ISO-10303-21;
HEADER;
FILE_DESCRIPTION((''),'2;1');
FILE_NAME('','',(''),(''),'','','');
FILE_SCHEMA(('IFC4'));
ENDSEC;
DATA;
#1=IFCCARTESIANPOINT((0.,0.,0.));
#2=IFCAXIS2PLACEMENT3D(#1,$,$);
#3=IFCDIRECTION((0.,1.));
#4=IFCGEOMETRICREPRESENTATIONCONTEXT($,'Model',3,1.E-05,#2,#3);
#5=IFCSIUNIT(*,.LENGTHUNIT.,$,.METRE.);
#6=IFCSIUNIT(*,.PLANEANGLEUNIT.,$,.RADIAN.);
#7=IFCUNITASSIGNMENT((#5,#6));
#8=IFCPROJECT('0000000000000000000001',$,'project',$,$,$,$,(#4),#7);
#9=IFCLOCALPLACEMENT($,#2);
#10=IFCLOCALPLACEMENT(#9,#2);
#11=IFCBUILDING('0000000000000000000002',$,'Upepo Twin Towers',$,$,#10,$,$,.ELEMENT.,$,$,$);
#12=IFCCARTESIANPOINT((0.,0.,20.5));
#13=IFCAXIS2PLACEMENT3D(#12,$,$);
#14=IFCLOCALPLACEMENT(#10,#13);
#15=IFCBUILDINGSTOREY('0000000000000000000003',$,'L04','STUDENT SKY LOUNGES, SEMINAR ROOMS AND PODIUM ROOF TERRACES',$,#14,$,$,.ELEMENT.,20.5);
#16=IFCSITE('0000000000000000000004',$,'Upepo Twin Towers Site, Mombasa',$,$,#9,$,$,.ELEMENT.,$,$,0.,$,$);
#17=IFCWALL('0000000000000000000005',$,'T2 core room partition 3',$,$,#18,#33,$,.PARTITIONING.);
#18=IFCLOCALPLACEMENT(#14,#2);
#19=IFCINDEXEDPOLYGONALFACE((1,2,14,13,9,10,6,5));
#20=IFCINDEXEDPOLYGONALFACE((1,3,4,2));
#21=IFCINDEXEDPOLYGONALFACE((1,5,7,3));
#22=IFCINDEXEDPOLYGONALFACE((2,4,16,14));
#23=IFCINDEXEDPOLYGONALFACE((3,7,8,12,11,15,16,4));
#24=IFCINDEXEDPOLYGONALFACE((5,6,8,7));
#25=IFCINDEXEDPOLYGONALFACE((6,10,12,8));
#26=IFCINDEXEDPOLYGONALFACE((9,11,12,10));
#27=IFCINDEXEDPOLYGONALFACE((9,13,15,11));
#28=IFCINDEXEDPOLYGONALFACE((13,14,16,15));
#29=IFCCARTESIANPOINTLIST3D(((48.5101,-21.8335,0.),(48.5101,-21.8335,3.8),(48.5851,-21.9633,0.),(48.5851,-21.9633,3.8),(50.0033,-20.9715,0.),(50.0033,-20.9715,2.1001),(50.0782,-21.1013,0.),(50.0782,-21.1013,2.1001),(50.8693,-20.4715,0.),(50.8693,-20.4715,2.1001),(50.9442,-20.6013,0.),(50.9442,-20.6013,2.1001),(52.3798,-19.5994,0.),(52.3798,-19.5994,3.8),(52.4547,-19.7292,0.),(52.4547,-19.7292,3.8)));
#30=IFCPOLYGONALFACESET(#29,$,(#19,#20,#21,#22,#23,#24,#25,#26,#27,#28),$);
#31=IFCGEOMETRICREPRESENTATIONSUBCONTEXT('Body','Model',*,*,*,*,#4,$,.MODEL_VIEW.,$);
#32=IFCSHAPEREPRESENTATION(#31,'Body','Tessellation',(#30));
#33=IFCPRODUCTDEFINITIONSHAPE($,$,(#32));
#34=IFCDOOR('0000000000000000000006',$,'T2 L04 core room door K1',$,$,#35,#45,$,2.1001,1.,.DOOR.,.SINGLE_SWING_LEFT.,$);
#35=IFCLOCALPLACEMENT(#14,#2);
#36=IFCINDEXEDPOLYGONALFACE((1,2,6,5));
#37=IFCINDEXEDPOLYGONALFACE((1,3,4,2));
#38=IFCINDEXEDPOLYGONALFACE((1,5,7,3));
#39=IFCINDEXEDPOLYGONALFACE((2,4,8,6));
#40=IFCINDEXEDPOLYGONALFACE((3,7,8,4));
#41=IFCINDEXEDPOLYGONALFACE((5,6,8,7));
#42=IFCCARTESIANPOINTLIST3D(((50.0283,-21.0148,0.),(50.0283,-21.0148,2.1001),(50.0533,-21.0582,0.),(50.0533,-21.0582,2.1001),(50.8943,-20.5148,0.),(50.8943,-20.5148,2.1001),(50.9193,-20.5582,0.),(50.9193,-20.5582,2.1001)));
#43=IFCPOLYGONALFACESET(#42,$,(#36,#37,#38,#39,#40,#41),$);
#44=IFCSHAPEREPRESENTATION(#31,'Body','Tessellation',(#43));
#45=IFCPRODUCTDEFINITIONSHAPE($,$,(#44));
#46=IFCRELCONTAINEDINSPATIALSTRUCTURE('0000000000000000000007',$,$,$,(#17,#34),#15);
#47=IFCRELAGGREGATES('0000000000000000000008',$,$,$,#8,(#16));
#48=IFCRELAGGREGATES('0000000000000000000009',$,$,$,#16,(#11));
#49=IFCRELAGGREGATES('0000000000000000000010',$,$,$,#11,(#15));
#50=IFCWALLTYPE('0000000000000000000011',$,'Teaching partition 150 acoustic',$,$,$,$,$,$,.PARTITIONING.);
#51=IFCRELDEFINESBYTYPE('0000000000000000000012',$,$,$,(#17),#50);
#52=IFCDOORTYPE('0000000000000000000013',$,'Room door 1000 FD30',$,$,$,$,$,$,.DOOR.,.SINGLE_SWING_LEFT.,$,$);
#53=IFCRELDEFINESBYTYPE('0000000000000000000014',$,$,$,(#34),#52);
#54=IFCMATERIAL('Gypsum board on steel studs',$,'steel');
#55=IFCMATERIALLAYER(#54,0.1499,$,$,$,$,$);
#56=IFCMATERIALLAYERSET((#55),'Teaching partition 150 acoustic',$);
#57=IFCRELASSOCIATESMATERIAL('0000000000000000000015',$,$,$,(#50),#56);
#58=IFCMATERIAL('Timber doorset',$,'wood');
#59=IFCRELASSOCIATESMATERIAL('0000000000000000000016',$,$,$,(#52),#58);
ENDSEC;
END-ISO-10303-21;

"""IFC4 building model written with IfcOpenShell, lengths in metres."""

from ifc_helpers import new_model, si_unit, direction, frame, frame_2d, origin, place, context, subcontext, project, spatial, rectangle, extrude, material, layer, layer_set, type_object, element, fill, save


model = new_model("IFC4")

# Units and contexts
model_context = context("Model", 3, precision=1e-05, world=origin(), true_north=direction((0.0, 1.0)))
body_context = subcontext(model_context, "Body", "Model", "MODEL_VIEW")
ifc_project = project(units=[si_unit("LENGTHUNIT", "METRE"), si_unit("PLANEANGLEUNIT", "RADIAN")], contexts=[model_context])

# Site, building, storey
site_placement = place(None, origin())
site = spatial("IfcSite", under=ifc_project, at=site_placement, Name="Upepo Twin Towers Site, Mombasa", CompositionType="ELEMENT", RefElevation=0.0)
building_placement = place(site_placement, origin())
building = spatial("IfcBuilding", under=site, at=building_placement, Name="Upepo Twin Towers", CompositionType="ELEMENT")
storey_placement = place(building_placement, frame((0.0, 0.0, 20.5)))
storey = spatial("IfcBuildingStorey", under=building, at=storey_placement, Name="L04", Description="STUDENT SKY LOUNGES, SEMINAR ROOMS AND PODIUM ROOF TERRACES", CompositionType="ELEMENT", Elevation=20.5)

# Wall, opening, door
ifc_material_1 = material(Name="Gypsum board on steel studs", Category="steel")
ifc_layer_1 = layer(ifc_material_1, 0.1499)
ifc_layer_set_1 = layer_set([ifc_layer_1], Name="Teaching partition 150 acoustic")
wall_type_1 = type_object("IfcWallType", Name="Teaching partition 150 acoustic", PredefinedType="PARTITIONING", material=ifc_layer_set_1)
wall_1_placement = place(storey_placement, frame((48.5476, -21.8984, 0.0), z_axis=(0.0, 0.0, 1.0), x_axis=(0.866025, 0.5, 0.0)))
wall_1 = element("IfcWall", 1, at=wall_1_placement, inside=storey, type_object=wall_type_1, Name="T2 core room partition 3", PredefinedType="PARTITIONING", context=body_context, shape_type="SweptSolid", body=[
    extrude(rectangle(XDim=4.4683, YDim=0.1499, at=frame_2d((2.2341, 0.0))), origin(), (0.0, 0.0, 1.0), 3.8),
])
opening_1_placement = place(wall_1_placement, frame((1.7241, 0.0, 0.0)))
opening_1 = element("IfcOpeningElement", 2, at=opening_1_placement, cuts=wall_1, PredefinedType="OPENING", context=body_context, shape_type="SweptSolid", body=[
    extrude(rectangle(XDim=1.0, YDim=2.1001, at=frame_2d((0.5, 1.05))), frame((0.0, 0.085, 0.0), z_axis=(0.0, -1.0, 0.0), x_axis=(1.0, 0.0, 0.0)), (0.0, 0.0, 1.0), 0.1699),
])
ifc_material_2 = material(Name="Timber doorset", Category="wood")
door_type_1 = type_object("IfcDoorType", Name="Room door 1000 FD30", OperationType="SINGLE_SWING_LEFT", PredefinedType="DOOR", material=ifc_material_2)
door_1_placement = place(opening_1_placement, origin())
door_1 = element("IfcDoor", 3, at=door_1_placement, inside=storey, type_object=door_type_1, Name="T2 L04 core room door K1", OperationType="SINGLE_SWING_LEFT", OverallHeight=2.1001, OverallWidth=1.0, PredefinedType="DOOR", context=body_context, shape_type="SweptSolid", body=[
    extrude(rectangle(XDim=1.0, YDim=2.1001, at=frame_2d((0.5, 1.05))), frame((0.0, 0.0249, 0.0), z_axis=(0.0, -1.0, 0.0), x_axis=(1.0, 0.0, 0.0)), (0.0, 0.0, 1.0), 0.05),
])
fill(opening_1, door_1)

save(model, "model.ifc")
